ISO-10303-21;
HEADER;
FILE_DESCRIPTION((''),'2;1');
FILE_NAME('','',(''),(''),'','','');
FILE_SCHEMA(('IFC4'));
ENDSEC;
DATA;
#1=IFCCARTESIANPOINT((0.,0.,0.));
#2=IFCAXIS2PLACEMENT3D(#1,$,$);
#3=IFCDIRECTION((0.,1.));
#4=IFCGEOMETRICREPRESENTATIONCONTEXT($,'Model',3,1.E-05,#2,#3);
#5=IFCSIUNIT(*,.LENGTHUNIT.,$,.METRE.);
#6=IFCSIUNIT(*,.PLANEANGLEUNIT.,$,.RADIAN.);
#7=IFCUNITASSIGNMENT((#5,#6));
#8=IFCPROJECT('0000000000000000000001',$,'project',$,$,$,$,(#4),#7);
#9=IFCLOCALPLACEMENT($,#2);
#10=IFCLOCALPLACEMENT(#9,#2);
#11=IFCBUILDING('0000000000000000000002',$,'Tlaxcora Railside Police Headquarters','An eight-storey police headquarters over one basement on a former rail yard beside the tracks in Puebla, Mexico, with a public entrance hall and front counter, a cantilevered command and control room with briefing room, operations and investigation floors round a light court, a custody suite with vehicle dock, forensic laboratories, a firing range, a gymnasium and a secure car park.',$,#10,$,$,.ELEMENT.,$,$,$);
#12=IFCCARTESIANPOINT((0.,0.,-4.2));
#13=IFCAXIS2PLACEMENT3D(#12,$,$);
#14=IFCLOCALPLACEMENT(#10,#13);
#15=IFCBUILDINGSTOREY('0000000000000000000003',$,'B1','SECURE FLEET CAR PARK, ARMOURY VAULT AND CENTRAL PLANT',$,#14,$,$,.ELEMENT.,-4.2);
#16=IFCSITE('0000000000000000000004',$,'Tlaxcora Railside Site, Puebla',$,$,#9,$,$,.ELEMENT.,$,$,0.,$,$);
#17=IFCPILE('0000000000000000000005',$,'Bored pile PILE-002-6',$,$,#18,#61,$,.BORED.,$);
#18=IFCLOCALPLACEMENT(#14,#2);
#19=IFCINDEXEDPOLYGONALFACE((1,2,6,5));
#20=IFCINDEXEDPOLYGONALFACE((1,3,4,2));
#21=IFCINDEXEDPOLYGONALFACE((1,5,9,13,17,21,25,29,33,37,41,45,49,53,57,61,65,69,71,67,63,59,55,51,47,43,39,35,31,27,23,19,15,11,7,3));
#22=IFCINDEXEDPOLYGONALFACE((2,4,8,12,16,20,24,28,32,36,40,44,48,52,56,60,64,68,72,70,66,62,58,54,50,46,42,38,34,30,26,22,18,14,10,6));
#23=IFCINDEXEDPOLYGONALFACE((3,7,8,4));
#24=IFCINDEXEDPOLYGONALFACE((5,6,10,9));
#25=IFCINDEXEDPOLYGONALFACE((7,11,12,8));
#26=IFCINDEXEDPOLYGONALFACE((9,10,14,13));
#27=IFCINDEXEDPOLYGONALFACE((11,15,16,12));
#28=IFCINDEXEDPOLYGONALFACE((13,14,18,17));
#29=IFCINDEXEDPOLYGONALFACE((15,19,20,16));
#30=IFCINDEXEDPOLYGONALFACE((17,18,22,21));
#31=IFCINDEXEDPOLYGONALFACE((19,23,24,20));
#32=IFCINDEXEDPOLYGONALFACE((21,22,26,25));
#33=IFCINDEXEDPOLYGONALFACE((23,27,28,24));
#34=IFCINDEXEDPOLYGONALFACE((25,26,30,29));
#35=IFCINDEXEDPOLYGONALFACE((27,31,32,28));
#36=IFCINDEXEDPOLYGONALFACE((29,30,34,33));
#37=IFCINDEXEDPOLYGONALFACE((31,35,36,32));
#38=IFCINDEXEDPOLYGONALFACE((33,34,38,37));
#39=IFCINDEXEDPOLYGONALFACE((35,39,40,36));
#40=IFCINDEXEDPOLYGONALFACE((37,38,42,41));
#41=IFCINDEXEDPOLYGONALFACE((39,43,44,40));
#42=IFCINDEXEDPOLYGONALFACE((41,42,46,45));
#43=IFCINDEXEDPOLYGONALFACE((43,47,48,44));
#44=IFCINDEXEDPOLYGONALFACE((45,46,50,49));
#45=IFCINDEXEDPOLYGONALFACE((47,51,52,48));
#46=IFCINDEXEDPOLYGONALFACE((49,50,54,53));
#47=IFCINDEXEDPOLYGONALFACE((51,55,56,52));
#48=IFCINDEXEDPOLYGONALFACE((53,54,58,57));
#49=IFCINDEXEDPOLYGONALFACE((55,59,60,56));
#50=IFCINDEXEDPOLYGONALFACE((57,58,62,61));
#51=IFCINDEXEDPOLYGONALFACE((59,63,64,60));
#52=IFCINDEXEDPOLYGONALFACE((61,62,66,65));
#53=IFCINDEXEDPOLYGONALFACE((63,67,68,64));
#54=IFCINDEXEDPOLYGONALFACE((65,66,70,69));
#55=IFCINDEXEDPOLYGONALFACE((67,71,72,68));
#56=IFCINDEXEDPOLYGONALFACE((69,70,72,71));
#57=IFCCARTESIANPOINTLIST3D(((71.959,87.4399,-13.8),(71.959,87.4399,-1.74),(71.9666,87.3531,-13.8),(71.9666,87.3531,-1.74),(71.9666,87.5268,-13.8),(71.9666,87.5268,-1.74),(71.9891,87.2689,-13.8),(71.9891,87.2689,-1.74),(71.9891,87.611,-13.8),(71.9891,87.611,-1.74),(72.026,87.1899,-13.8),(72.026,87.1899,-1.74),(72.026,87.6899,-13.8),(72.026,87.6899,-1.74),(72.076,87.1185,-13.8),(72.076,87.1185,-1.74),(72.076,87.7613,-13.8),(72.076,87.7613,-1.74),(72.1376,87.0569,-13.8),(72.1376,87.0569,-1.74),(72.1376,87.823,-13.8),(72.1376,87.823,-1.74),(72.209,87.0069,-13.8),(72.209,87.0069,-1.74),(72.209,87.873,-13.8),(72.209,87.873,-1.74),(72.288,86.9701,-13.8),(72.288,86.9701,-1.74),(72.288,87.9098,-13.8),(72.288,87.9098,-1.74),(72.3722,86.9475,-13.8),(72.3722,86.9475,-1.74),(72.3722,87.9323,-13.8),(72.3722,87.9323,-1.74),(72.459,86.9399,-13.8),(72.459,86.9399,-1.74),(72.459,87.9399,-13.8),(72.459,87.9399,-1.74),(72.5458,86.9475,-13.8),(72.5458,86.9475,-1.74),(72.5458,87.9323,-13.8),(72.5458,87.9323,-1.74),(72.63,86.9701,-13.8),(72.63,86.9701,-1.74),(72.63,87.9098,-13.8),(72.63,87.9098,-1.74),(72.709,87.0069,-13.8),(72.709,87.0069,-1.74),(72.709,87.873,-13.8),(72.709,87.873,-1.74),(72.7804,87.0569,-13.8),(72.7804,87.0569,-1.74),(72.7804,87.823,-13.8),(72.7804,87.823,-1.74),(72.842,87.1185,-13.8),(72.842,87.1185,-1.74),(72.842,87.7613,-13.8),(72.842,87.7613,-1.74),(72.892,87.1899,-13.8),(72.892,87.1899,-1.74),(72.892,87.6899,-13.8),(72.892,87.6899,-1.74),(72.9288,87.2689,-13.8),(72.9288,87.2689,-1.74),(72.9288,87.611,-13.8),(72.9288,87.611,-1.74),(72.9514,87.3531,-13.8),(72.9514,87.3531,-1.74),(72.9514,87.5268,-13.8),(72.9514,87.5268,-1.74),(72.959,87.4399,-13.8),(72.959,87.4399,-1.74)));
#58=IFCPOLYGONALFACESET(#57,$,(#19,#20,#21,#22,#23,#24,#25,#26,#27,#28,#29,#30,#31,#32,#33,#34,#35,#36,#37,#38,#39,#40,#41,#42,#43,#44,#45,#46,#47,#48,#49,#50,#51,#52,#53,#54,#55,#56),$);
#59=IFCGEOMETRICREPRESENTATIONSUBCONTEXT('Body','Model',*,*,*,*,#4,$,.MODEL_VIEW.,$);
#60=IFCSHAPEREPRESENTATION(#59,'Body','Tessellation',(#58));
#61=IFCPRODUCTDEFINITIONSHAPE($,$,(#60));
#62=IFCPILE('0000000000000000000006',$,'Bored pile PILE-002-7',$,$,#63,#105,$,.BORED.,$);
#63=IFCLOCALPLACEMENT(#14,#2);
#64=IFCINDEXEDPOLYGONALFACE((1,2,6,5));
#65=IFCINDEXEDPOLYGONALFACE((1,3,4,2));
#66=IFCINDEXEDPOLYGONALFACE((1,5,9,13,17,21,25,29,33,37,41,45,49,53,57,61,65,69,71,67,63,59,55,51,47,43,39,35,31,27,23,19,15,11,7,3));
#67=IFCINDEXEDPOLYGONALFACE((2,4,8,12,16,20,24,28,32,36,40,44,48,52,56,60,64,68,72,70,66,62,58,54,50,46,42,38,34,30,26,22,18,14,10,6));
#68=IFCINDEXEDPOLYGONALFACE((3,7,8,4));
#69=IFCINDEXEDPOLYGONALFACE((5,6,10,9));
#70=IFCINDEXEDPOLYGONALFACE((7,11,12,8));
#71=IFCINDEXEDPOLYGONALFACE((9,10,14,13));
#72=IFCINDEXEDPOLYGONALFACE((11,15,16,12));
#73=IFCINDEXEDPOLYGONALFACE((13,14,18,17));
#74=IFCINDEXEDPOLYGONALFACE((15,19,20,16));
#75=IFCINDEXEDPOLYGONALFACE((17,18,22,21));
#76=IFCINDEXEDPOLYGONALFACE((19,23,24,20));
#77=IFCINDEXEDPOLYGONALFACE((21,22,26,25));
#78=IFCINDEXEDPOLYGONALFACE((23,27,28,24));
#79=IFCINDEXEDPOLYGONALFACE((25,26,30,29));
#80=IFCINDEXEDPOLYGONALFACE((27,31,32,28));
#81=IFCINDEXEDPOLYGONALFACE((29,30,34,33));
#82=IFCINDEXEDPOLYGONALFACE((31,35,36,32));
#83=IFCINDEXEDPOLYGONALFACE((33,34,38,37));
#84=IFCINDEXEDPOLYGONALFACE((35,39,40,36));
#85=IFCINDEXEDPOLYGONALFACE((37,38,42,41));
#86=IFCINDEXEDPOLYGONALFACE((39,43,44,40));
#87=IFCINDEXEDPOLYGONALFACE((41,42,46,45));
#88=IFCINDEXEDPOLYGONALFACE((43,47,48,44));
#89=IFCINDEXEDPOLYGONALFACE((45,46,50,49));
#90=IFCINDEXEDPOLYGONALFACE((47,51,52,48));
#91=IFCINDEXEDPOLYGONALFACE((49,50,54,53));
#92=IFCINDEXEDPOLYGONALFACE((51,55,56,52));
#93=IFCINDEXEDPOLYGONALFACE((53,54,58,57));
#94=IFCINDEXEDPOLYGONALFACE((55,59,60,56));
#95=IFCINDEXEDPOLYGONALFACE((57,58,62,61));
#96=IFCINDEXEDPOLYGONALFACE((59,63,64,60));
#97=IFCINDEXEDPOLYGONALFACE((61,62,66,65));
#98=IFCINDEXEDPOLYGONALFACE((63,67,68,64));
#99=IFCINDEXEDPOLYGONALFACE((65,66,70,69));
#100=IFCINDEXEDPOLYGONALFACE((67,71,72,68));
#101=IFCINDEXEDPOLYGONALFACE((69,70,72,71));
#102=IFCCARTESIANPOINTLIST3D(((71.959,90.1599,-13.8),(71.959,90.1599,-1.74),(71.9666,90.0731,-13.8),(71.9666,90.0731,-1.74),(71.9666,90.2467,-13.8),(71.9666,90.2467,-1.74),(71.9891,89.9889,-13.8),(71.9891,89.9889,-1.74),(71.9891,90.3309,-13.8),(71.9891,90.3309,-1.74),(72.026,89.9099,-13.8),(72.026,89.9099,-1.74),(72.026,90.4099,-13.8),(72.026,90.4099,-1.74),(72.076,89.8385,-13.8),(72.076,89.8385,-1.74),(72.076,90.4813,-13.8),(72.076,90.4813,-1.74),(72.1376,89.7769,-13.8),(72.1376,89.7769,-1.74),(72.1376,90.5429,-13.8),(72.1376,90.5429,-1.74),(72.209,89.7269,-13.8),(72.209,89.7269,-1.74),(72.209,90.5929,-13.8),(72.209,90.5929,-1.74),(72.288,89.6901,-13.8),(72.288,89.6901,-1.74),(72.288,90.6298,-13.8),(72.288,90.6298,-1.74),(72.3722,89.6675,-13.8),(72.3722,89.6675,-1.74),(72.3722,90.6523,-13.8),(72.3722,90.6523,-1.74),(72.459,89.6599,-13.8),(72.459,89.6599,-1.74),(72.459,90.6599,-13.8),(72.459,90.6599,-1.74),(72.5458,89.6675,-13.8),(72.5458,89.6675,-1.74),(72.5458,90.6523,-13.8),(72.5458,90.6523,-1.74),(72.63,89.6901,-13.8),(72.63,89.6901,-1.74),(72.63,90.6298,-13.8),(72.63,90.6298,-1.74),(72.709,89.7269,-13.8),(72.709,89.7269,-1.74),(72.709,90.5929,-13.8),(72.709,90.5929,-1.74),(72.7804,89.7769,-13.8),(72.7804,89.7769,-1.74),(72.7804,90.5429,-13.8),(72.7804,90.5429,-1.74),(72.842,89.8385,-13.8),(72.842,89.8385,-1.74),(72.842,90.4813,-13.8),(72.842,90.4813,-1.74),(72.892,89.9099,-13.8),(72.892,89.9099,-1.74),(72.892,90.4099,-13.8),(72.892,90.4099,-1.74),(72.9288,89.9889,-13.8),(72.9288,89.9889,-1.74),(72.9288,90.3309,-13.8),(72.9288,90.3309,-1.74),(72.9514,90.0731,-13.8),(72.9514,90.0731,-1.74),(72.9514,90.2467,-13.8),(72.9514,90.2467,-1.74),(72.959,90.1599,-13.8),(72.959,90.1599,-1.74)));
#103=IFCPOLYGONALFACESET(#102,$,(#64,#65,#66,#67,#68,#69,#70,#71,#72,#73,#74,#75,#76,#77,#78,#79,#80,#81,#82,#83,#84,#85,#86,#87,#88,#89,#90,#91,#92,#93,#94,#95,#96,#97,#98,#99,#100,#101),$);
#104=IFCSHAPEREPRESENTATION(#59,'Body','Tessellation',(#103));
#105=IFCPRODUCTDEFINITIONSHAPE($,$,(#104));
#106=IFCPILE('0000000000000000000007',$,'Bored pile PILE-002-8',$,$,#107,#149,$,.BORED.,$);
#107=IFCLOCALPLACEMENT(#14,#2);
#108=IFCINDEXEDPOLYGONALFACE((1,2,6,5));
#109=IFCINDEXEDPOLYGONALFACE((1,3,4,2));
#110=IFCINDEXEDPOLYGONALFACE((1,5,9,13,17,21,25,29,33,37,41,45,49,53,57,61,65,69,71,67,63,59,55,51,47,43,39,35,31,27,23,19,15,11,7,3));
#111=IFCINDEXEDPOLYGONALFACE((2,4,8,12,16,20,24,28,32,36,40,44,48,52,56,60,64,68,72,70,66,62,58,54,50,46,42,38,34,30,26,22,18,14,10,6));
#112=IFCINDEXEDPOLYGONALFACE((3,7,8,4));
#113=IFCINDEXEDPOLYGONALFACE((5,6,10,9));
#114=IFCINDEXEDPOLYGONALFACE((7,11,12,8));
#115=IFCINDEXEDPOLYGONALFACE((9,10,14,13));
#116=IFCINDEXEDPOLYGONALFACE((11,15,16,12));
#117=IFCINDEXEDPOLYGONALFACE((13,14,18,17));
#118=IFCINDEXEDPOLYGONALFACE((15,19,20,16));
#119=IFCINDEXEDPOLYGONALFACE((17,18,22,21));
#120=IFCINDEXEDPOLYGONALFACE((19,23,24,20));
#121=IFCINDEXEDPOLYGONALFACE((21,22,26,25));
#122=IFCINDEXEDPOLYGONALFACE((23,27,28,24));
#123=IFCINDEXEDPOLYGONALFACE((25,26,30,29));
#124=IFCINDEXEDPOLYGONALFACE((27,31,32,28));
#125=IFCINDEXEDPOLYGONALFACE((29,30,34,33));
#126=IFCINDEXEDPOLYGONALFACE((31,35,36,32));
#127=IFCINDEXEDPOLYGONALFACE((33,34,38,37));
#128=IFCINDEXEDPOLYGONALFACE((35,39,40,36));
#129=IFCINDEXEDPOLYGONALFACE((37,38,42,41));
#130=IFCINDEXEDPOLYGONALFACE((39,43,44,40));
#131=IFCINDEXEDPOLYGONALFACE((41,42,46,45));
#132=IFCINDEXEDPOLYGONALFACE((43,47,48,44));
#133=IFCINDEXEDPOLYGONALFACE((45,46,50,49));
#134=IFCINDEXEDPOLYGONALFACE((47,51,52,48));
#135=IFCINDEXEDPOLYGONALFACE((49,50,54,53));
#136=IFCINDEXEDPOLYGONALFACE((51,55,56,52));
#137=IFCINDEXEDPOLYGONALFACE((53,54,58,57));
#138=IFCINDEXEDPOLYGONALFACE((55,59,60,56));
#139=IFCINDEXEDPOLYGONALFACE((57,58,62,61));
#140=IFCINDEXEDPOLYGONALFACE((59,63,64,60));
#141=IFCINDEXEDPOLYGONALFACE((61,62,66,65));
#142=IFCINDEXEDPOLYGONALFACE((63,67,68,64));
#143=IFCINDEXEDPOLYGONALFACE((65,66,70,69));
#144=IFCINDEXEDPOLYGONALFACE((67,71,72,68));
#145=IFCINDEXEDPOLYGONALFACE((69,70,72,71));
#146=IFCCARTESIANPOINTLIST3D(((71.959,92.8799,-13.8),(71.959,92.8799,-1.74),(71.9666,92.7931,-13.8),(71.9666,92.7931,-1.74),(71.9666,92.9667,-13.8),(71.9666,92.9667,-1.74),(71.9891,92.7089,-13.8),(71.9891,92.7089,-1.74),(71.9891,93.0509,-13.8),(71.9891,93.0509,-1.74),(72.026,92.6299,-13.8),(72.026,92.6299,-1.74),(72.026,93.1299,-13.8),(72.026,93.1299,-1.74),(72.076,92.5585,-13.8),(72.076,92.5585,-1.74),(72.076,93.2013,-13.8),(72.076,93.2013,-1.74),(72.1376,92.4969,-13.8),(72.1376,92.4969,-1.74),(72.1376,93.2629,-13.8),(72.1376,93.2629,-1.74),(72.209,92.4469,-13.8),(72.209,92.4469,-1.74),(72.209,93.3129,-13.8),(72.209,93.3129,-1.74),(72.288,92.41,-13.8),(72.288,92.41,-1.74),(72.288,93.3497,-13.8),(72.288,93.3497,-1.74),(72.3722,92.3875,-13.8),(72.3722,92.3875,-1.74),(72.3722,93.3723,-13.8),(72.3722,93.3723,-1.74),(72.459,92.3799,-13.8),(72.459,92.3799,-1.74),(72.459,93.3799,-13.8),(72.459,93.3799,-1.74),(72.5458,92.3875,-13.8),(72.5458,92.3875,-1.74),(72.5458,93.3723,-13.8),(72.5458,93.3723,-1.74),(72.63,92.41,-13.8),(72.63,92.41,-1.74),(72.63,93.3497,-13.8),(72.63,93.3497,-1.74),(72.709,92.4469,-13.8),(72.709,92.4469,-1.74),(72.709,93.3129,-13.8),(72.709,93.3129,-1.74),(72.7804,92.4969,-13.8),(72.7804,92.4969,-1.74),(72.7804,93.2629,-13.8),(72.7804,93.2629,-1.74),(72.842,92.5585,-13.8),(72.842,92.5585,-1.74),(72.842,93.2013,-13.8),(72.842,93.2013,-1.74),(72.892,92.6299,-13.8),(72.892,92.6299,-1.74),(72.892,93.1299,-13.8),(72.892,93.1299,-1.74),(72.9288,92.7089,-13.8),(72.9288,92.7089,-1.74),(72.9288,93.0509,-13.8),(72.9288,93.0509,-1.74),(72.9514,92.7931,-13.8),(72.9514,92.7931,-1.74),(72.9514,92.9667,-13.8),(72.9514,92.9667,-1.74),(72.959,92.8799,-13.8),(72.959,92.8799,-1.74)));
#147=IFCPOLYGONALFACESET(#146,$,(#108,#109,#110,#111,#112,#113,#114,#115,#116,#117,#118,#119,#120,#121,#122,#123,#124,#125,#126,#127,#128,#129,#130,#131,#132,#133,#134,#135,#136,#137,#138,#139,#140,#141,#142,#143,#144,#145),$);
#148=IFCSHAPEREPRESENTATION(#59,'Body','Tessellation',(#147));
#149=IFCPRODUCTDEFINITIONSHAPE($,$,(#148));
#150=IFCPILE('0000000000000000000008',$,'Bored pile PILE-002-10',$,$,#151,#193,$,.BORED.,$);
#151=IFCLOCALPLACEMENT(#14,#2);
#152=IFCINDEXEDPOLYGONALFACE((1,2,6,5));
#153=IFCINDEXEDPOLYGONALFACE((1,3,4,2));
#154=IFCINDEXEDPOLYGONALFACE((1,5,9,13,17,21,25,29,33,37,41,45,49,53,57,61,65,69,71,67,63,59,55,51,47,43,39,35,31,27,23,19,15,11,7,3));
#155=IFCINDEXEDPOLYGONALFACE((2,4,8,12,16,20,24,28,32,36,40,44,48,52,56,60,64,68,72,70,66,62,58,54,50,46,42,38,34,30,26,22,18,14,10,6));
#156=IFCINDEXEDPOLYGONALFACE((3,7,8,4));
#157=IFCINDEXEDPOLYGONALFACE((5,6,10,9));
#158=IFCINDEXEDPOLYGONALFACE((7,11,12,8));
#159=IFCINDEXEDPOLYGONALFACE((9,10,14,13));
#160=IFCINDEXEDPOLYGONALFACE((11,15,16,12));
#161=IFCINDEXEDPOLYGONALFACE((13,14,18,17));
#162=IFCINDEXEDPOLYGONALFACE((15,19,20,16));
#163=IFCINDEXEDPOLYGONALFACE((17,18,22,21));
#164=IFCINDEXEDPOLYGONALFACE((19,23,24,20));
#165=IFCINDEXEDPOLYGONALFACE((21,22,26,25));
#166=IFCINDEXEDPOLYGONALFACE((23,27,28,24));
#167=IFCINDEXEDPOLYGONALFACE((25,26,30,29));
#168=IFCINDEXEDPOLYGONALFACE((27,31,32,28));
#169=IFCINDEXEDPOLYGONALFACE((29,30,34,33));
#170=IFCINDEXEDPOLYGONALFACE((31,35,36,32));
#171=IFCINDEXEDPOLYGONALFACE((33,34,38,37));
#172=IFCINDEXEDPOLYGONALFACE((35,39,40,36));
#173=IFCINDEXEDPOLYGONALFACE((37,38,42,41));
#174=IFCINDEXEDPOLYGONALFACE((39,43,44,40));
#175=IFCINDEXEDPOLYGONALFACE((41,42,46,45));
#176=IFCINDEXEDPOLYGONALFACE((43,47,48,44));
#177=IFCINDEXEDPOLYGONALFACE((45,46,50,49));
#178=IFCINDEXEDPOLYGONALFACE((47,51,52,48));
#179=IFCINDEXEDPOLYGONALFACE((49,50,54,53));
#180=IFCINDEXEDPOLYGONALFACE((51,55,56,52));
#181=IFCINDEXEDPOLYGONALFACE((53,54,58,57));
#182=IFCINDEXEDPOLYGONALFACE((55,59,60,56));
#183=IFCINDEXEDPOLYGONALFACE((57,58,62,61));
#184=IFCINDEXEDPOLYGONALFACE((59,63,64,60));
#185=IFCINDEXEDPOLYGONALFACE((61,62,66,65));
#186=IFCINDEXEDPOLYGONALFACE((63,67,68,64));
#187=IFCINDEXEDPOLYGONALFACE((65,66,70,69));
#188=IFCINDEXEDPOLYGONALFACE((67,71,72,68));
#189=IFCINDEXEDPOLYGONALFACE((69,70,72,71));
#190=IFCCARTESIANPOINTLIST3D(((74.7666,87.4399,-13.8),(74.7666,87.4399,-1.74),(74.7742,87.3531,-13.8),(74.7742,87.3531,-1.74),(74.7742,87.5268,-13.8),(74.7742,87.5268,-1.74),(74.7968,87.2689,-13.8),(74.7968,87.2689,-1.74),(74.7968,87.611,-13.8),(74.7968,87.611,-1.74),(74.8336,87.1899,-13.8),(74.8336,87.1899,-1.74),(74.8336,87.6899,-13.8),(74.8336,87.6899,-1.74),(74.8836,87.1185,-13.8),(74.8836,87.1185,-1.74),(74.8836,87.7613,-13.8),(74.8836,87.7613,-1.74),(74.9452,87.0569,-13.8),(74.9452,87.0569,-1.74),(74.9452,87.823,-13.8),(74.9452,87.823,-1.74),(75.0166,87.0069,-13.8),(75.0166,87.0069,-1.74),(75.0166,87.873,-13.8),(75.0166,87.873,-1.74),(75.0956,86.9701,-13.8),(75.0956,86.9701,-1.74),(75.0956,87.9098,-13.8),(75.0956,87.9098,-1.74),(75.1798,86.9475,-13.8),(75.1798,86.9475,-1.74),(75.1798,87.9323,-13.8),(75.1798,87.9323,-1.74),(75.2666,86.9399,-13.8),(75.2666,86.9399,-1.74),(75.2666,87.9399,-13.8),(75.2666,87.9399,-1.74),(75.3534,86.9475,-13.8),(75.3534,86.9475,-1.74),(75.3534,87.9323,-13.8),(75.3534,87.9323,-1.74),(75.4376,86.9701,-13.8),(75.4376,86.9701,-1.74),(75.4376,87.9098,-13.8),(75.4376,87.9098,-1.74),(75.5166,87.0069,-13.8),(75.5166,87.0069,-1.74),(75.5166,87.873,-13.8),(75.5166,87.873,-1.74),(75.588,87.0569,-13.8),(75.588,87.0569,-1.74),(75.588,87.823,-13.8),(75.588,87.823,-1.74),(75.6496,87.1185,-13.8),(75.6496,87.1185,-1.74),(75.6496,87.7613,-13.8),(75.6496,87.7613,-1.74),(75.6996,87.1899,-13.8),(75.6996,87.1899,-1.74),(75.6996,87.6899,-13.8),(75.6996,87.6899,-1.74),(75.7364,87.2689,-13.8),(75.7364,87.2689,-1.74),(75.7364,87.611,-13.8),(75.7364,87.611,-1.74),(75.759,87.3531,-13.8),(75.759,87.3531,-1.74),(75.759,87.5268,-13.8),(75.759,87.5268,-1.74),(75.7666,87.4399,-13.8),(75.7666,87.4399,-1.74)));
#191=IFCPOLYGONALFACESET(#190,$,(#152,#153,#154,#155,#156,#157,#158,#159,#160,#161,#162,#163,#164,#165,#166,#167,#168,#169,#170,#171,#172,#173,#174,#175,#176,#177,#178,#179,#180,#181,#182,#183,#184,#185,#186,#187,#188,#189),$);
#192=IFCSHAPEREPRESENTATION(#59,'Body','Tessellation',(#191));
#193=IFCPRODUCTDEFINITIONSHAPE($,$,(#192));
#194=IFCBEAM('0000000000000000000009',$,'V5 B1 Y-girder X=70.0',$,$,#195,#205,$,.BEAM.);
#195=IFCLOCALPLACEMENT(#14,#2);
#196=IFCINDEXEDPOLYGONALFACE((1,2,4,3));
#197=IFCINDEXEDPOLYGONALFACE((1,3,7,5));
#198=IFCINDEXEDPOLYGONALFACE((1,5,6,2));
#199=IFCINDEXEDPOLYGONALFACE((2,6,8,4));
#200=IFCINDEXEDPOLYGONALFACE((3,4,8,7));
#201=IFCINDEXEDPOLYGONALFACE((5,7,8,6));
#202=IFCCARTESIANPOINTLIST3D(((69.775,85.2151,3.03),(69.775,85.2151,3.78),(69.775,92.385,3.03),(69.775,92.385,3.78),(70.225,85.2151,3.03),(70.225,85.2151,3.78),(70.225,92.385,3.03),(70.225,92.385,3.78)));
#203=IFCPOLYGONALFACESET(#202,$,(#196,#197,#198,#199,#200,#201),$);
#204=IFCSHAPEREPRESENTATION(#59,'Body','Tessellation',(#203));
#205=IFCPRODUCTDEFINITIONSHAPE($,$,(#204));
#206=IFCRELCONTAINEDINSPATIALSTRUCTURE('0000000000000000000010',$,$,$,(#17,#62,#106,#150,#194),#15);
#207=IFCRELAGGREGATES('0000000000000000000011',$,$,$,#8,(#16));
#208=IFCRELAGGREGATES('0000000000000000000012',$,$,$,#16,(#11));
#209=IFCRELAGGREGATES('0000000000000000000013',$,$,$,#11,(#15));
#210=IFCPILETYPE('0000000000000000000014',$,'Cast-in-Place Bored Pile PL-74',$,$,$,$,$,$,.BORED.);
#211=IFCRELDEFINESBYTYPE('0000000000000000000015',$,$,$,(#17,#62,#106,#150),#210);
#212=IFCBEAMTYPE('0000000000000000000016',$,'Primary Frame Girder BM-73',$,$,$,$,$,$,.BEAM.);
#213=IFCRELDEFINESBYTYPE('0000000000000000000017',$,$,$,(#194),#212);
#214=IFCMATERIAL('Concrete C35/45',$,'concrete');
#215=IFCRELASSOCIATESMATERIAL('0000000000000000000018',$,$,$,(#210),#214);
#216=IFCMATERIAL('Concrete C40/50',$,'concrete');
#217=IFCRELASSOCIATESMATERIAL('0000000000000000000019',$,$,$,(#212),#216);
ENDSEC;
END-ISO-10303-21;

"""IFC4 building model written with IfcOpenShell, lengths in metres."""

from ifc_helpers import new_model, si_unit, direction, frame, origin, origin_2d, place, context, subcontext, project, spatial, rectangle, circle, extrude, material, material_profile, profile_set, type_object, element, save


model = new_model("IFC4")

# Units and contexts
model_context = context("Model", 3, precision=1e-05, world=origin(), true_north=direction((0.0, 1.0)))
body_context = subcontext(model_context, "Body", "Model", "MODEL_VIEW")
ifc_project = project(units=[si_unit("LENGTHUNIT", "METRE"), si_unit("PLANEANGLEUNIT", "RADIAN")], contexts=[model_context])

# Site, building, storey
site_placement = place(None, origin())
site = spatial("IfcSite", under=ifc_project, at=site_placement, Name="Tlaxcora Railside Site, Puebla", CompositionType="ELEMENT", RefElevation=0.0)
building_placement = place(site_placement, origin())
building = spatial("IfcBuilding", under=site, at=building_placement, Name="Tlaxcora Railside Police Headquarters", Description="An eight-storey police headquarters over one basement on a former rail yard beside the tracks in Puebla, Mexico, with a public entrance hall and front counter, a cantilevered command and control room with briefing room, operations and investigation floors round a light court, a custody suite with vehicle dock, forensic laboratories, a firing range, a gymnasium and a secure car park.", CompositionType="ELEMENT")
storey_placement = place(building_placement, frame((0.0, 0.0, -4.2)))
storey = spatial("IfcBuildingStorey", under=building, at=storey_placement, Name="B1", Description="SECURE FLEET CAR PARK, ARMOURY VAULT AND CENTRAL PLANT", CompositionType="ELEMENT", Elevation=-4.2)

# Piles
ifc_material_1 = material(Name="Concrete C35/45", Category="concrete")
ifc_material_profile_1 = material_profile(ifc_material_1, circle(Radius=0.5, at=origin_2d()), Name="PILE1000")
ifc_profile_set_1 = profile_set([ifc_material_profile_1], Name="Concrete C35/45")
pile_type = type_object("IfcPileType", Name="Cast-in-Place Bored Pile PL-74", PredefinedType="BORED", material=ifc_profile_set_1)
for number, where, z_axis, x_axis, name in (
    (1, (72.459, 87.4399, -1.74), (0.0, 0.0, -1.0), (1.0, 0.0, 0.0), "Bored pile PILE-002-6"),
    (2, (72.459, 90.1599, -1.74), (0.0, 0.0, -1.0), (1.0, 0.0, 0.0), "Bored pile PILE-002-7"),
    (3, (72.459, 92.8799, -1.74), (0.0, 0.0, -1.0), (1.0, 0.0, 0.0), "Bored pile PILE-002-8"),
    (4, (75.2666, 87.4399, -1.74), (0.0, 0.0, -1.0), (1.0, 0.0, 0.0), "Bored pile PILE-002-10"),
):
    element("IfcPile", number, at=place(storey_placement, frame(where, z_axis=z_axis, x_axis=x_axis)), inside=storey, type_object=pile_type, Name=name, PredefinedType="BORED", context=body_context, shape_type="SweptSolid", body=[
        extrude(circle(Radius=0.5, at=origin_2d()), origin(), (0.0, 0.0, 1.0), 12.0601),
    ])

# Beam
ifc_material_2 = material(Name="Concrete C40/50", Category="concrete")
ifc_material_profile_2 = material_profile(ifc_material_2, rectangle(XDim=0.45, YDim=0.75, at=origin_2d()), Name="RC450X750")
ifc_profile_set_2 = profile_set([ifc_material_profile_2], Name="Concrete C40/50")
beam_type = type_object("IfcBeamType", Name="Primary Frame Girder BM-73", PredefinedType="BEAM", material=ifc_profile_set_2)
beam_placement = place(storey_placement, frame((70.0, 85.2151, 3.405), z_axis=(0.0, 1.0, 0.0), x_axis=(-1.0, 0.0, 0.0)))
element("IfcBeam", 5, at=beam_placement, inside=storey, type_object=beam_type, Name="V5 B1 Y-girder X=70.0", PredefinedType="BEAM", context=body_context, shape_type="SweptSolid", body=[
    extrude(rectangle(XDim=0.45, YDim=0.75, at=origin_2d()), origin(), (0.0, 0.0, 1.0), 7.1699),
])

save(model, "model.ifc")
